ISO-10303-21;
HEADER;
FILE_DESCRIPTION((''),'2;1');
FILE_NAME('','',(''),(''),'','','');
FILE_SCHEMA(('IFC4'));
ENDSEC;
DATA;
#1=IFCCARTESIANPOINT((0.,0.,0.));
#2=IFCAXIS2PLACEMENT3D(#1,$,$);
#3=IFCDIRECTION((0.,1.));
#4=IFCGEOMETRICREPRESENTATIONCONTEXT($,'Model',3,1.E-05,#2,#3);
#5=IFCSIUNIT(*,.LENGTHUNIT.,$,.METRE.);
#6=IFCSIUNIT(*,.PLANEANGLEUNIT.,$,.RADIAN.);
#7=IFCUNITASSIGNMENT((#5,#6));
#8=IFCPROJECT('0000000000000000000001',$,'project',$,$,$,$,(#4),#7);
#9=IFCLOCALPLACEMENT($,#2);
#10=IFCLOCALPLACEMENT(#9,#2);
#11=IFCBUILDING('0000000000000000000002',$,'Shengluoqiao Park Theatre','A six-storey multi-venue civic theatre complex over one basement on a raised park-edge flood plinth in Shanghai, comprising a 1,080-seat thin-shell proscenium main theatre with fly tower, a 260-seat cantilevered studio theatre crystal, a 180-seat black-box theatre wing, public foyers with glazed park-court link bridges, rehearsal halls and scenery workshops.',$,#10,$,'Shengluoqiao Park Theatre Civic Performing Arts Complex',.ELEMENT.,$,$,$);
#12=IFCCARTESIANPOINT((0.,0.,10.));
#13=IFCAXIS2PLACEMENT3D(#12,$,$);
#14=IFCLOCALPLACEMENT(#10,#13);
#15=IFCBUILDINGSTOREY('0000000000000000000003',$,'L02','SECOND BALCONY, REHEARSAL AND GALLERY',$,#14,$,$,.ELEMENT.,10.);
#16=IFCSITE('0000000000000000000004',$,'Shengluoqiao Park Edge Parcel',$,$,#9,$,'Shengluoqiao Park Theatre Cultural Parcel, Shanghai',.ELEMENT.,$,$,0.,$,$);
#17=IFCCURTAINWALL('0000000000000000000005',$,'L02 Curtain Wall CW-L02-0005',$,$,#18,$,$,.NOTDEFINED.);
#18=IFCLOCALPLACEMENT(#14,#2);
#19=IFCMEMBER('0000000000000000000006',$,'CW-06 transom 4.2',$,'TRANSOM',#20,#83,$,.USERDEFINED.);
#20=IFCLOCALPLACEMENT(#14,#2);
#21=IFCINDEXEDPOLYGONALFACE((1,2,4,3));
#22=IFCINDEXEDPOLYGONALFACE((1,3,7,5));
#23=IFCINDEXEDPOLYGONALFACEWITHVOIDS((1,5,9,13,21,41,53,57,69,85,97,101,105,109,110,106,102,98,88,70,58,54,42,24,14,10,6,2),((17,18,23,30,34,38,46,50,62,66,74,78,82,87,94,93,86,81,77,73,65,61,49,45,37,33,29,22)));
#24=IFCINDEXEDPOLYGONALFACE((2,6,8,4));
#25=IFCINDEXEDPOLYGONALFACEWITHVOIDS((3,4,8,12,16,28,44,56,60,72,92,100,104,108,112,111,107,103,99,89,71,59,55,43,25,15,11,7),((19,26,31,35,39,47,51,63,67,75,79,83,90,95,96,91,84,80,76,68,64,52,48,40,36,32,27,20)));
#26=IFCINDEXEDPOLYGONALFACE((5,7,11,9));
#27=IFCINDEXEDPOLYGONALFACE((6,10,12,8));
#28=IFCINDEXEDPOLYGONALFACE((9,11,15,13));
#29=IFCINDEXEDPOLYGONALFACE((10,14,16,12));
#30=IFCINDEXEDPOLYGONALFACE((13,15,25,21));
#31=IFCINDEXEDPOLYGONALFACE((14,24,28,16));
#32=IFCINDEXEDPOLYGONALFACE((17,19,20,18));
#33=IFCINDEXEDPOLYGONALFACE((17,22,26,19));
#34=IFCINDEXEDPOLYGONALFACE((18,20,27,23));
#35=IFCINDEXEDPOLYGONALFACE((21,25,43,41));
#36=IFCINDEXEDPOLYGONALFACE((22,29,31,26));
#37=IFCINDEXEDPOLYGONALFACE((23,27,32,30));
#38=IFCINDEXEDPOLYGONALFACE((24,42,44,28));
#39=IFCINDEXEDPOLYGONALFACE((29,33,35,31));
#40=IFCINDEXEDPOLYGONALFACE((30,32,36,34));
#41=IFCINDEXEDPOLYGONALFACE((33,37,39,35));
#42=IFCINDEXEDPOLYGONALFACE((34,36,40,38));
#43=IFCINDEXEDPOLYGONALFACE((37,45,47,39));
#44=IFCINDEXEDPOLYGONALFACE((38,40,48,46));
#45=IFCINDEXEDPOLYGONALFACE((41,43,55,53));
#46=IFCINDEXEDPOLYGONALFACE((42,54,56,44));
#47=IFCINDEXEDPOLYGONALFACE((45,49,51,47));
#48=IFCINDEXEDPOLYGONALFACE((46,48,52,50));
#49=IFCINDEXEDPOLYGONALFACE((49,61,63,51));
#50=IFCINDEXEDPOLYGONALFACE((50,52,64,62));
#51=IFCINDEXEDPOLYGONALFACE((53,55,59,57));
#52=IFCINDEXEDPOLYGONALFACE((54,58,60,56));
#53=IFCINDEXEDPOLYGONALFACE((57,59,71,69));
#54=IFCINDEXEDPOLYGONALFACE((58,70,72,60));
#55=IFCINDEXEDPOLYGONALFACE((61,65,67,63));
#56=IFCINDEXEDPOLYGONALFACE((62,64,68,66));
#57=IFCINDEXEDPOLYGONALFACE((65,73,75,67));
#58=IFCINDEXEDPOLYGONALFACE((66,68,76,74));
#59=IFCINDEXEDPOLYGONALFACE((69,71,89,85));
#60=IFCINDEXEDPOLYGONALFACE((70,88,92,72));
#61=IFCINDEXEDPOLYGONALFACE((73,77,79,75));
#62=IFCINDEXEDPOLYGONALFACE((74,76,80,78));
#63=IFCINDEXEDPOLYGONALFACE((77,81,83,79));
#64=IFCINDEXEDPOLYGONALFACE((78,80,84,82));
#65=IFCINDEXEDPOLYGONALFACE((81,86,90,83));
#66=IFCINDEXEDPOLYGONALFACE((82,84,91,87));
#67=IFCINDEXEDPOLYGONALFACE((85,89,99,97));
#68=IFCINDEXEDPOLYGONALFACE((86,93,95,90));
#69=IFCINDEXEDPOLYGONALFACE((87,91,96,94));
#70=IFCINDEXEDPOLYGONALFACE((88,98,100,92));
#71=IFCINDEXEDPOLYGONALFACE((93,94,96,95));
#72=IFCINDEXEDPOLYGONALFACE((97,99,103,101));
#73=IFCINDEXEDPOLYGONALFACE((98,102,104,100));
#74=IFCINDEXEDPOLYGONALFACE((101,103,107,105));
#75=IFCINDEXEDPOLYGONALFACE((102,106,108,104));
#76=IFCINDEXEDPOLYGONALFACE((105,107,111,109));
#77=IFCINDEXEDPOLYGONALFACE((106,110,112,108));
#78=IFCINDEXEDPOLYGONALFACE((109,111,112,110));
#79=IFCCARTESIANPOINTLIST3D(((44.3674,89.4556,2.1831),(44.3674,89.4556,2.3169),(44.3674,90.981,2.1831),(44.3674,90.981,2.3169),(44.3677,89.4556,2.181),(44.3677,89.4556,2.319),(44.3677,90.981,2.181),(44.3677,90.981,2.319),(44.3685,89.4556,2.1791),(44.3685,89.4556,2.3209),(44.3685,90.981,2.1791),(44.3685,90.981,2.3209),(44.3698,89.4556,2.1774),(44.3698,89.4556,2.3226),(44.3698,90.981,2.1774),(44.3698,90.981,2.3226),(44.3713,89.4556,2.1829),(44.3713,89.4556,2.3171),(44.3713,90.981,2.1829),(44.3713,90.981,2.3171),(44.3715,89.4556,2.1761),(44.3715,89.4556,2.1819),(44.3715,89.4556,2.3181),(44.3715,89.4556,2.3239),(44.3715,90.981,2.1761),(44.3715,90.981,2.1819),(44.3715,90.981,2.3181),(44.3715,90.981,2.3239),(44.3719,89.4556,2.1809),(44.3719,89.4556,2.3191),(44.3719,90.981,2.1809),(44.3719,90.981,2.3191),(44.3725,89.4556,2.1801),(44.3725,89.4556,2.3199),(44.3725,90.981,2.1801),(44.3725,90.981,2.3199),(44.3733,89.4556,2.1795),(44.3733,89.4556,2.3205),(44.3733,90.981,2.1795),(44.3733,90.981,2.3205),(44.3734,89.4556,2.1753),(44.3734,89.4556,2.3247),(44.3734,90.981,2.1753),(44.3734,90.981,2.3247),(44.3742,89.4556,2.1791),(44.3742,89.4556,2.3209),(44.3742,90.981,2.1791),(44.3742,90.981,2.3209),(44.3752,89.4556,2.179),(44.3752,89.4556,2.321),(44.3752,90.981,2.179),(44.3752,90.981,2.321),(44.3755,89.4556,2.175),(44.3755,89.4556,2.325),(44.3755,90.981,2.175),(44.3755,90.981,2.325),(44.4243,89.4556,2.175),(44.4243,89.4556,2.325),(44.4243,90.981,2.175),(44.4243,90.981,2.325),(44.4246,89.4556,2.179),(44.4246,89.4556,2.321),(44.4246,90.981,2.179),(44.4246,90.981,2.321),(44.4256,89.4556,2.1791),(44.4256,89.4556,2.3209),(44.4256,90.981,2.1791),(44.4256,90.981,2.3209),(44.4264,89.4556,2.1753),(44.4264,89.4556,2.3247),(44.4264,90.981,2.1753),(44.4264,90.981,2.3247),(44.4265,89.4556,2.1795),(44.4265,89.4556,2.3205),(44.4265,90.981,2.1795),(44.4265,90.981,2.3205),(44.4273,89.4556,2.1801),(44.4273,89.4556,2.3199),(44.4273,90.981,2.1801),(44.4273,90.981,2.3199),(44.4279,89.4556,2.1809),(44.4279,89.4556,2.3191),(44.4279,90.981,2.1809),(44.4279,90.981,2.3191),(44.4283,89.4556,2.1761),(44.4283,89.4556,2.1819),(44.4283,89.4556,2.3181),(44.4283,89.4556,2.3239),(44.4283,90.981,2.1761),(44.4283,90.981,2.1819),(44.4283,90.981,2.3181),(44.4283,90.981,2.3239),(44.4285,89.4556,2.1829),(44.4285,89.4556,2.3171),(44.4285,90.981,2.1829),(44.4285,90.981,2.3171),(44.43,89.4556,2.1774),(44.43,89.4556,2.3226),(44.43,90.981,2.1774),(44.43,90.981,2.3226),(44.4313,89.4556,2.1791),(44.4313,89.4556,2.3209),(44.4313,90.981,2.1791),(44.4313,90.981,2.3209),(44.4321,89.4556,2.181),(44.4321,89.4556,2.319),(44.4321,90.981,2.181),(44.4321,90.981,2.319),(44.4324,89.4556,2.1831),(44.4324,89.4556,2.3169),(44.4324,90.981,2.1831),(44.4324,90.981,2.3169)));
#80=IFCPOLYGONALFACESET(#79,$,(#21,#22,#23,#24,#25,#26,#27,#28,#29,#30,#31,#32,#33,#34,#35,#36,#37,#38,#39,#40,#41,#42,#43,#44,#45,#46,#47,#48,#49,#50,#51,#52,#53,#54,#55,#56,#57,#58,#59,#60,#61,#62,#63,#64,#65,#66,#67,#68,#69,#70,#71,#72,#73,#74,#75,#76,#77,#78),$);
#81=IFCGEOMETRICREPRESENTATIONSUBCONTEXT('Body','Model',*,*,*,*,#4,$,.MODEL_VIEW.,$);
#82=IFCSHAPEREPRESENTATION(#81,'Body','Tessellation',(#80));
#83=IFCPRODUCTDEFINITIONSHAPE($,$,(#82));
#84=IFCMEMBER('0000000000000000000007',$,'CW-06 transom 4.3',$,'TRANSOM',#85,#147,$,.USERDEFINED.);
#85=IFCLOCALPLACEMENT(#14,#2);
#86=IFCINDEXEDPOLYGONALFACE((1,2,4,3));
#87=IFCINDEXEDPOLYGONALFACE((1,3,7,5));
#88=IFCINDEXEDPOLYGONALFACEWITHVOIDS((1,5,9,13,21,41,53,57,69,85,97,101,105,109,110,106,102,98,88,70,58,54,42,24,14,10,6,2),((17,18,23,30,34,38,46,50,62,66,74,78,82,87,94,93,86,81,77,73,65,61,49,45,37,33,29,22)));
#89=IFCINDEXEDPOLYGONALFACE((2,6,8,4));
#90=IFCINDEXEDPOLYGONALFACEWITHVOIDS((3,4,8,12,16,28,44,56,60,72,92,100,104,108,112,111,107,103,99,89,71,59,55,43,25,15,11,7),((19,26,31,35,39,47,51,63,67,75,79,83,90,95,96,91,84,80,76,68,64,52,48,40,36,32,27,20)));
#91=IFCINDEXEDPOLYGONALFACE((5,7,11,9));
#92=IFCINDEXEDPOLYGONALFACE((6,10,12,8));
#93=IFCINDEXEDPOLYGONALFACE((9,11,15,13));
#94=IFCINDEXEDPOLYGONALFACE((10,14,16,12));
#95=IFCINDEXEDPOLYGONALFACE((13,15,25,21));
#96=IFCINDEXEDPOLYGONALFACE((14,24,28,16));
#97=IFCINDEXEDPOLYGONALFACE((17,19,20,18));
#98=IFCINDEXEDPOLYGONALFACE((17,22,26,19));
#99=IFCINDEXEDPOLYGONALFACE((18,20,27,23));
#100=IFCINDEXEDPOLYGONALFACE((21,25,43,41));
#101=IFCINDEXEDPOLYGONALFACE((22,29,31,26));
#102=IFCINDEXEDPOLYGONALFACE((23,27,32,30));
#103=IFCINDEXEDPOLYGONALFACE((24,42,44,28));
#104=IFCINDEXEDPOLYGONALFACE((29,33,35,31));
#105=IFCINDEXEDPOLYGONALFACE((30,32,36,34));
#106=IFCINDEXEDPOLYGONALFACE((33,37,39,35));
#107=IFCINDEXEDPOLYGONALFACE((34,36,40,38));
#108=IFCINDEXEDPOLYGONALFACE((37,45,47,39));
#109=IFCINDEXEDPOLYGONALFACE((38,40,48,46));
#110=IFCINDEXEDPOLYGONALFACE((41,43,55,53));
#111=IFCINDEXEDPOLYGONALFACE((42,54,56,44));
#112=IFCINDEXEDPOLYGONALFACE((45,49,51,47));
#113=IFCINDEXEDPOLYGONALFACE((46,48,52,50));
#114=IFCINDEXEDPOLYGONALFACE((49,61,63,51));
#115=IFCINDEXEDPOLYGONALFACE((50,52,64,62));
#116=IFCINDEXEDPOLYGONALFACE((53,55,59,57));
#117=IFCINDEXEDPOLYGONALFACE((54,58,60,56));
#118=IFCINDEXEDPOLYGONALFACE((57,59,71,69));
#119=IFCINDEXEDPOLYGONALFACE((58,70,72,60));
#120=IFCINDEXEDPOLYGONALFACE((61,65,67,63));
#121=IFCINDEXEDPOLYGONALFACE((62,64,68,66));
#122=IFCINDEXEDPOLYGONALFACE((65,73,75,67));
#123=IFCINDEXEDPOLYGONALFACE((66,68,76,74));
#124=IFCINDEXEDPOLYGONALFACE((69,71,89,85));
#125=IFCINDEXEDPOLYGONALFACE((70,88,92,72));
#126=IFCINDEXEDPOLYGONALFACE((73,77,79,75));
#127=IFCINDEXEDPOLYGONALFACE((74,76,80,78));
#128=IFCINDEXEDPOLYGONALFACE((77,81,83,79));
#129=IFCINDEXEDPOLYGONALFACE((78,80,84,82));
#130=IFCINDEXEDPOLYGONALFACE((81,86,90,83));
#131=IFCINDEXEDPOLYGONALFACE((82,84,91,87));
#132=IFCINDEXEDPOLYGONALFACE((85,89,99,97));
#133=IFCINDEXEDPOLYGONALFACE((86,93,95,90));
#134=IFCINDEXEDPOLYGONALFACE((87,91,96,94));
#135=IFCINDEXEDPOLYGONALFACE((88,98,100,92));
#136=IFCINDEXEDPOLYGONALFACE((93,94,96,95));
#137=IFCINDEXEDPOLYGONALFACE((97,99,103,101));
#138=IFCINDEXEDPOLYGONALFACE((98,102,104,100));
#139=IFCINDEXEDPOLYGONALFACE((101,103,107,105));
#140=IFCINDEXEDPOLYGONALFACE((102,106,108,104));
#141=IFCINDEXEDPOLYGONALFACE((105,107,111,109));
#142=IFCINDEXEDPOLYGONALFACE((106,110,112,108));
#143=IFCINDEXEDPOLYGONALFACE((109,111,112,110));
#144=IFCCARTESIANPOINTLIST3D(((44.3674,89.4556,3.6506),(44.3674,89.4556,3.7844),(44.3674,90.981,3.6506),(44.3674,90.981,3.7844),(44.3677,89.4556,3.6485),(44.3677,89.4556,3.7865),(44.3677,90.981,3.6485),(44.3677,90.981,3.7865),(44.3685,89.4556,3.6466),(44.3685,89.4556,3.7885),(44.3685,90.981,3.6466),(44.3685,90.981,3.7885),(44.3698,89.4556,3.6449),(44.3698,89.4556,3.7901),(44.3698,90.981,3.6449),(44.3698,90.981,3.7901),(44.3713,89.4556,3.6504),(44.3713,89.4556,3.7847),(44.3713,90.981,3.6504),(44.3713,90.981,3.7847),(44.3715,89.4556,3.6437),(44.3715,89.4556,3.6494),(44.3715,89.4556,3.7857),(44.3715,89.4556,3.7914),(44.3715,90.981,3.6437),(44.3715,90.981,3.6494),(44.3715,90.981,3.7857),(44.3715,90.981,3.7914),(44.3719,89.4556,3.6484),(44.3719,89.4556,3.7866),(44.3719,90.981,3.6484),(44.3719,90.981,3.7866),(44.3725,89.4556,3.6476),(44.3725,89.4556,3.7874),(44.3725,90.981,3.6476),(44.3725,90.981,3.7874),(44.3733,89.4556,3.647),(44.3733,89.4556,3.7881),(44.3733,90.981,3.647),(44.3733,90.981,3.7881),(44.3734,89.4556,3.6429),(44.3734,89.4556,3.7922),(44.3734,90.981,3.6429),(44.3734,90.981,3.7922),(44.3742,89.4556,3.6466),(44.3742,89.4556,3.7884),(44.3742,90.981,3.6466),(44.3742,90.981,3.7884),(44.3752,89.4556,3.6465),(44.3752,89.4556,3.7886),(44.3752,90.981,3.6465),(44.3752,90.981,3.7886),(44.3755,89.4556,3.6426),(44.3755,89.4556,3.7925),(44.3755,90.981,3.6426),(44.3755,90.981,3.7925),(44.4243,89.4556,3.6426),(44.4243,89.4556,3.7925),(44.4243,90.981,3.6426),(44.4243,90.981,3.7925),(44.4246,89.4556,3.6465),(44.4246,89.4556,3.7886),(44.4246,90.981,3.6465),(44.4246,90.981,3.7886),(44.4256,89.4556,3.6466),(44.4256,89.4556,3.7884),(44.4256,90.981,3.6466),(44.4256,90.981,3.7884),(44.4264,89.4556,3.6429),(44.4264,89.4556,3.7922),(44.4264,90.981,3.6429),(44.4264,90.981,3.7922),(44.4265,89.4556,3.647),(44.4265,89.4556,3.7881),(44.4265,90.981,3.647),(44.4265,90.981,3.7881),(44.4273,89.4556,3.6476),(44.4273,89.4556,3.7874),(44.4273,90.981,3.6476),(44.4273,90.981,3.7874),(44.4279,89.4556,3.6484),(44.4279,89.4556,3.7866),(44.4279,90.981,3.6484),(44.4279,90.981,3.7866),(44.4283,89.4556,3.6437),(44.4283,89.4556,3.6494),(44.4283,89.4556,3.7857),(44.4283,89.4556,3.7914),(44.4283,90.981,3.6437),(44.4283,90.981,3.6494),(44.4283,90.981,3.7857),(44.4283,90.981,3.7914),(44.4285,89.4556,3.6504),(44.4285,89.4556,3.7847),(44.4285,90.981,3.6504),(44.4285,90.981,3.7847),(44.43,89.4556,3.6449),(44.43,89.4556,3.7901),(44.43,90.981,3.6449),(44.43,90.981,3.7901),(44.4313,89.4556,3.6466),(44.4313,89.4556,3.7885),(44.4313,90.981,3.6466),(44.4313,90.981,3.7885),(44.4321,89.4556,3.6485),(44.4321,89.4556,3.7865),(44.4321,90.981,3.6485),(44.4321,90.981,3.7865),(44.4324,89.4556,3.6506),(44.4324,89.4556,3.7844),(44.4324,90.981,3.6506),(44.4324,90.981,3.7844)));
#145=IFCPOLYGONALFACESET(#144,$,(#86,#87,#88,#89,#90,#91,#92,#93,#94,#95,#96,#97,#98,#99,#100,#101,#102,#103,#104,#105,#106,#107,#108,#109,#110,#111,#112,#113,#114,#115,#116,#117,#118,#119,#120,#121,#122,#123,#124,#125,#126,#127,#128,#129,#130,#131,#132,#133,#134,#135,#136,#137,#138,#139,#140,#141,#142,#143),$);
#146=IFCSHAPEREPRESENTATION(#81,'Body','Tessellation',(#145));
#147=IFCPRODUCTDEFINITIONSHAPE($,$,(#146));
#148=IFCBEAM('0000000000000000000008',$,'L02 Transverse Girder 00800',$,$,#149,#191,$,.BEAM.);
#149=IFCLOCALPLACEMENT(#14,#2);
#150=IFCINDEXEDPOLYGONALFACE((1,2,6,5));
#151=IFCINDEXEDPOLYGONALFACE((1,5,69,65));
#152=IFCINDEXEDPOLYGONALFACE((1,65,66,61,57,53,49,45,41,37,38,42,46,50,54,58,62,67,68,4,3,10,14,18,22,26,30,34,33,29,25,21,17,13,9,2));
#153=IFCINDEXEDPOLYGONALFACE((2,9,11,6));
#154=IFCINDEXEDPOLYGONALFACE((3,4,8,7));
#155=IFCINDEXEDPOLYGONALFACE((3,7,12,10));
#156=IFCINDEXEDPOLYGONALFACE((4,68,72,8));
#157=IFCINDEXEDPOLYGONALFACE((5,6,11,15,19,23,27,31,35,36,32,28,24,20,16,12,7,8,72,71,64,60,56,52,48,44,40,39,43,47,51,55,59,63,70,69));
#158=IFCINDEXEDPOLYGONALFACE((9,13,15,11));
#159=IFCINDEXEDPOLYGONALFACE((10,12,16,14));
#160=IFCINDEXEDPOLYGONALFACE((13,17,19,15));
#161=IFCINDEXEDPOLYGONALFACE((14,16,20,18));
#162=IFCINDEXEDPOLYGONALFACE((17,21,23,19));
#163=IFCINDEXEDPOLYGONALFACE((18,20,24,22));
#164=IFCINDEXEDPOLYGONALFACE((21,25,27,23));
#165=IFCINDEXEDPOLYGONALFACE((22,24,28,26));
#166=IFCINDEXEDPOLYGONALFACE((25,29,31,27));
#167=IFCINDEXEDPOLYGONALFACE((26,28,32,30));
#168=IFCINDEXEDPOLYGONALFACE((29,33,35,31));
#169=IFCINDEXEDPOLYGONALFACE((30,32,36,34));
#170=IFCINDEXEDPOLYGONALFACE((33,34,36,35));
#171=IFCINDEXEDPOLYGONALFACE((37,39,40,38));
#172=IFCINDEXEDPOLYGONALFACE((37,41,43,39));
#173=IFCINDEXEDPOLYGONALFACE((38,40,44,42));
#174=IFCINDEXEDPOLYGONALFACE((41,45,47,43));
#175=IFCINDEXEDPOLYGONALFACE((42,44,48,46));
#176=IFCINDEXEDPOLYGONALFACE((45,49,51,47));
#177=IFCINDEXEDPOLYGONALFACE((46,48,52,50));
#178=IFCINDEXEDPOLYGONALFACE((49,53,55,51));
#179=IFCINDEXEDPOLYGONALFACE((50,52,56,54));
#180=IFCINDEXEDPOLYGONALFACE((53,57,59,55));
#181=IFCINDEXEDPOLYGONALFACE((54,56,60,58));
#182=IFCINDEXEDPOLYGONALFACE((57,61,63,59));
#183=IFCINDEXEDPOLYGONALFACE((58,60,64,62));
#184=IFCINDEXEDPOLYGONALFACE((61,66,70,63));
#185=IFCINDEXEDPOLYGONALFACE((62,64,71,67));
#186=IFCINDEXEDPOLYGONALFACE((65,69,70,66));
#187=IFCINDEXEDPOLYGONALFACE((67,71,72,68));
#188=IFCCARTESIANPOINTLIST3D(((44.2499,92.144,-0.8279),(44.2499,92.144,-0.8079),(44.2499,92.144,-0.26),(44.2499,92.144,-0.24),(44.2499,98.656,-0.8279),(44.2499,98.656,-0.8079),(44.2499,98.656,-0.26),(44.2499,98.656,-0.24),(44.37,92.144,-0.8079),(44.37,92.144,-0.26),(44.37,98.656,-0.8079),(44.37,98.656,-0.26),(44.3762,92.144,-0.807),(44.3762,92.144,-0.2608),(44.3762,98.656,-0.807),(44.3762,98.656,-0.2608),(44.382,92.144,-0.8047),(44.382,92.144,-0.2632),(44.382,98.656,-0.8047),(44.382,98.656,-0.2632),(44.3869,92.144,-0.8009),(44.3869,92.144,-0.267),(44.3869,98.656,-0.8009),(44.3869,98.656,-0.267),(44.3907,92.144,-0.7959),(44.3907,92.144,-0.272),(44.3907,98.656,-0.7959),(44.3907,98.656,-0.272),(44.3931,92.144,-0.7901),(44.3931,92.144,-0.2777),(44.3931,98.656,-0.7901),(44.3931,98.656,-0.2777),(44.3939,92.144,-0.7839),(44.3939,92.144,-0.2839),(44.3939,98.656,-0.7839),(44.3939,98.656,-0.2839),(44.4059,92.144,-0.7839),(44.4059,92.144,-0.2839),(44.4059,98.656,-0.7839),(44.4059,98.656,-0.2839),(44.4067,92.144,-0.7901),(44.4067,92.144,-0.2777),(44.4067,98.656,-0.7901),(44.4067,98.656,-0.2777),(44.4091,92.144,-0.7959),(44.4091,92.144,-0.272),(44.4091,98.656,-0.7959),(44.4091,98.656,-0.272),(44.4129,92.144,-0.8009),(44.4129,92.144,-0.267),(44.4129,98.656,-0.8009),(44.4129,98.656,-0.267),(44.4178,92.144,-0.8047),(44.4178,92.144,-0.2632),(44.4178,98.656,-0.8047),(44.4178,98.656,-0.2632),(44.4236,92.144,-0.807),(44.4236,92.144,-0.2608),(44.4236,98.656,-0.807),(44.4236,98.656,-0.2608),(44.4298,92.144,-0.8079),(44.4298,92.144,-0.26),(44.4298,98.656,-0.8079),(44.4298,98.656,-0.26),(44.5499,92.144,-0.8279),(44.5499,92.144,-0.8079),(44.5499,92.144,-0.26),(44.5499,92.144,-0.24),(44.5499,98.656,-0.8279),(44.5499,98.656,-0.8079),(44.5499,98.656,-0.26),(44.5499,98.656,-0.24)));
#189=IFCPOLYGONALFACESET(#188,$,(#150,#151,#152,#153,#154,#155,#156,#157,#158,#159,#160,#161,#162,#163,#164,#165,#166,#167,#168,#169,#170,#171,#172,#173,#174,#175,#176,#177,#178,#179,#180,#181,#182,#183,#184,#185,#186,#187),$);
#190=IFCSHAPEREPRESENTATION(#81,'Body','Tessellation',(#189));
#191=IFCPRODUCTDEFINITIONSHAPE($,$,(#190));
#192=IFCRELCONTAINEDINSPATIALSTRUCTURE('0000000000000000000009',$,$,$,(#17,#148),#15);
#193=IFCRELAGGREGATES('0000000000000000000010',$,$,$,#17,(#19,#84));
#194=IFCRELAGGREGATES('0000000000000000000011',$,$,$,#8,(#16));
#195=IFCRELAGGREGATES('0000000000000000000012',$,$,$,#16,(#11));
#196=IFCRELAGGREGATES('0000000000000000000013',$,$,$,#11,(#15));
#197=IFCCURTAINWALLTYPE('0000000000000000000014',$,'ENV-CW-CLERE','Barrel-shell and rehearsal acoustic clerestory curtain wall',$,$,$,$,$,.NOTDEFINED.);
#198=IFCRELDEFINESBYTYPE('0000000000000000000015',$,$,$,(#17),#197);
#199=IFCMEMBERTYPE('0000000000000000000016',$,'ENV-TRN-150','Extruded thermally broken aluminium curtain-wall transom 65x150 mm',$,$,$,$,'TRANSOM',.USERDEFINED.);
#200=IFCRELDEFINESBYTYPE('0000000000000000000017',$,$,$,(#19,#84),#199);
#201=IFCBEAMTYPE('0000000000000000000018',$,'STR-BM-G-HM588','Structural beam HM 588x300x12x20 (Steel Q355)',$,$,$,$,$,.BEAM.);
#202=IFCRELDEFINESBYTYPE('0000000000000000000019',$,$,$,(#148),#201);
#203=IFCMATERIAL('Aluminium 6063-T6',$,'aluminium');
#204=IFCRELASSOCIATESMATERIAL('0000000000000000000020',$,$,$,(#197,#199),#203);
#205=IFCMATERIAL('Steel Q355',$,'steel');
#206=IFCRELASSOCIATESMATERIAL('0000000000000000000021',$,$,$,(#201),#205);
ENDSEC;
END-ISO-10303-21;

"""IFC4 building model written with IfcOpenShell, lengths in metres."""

from ifc_helpers import new_model, si_unit, direction, frame, origin, origin_2d, place, context, subcontext, project, spatial, hollow_rectangle, i_section, extrude, material, material_profile, profile_set, type_object, element, aggregate, save


model = new_model("IFC4")

# Units and contexts
model_context = context("Model", 3, precision=1e-05, world=origin(), true_north=direction((0.0, 1.0)))
body_context = subcontext(model_context, "Body", "Model", "MODEL_VIEW")
ifc_project = project(units=[si_unit("LENGTHUNIT", "METRE"), si_unit("PLANEANGLEUNIT", "RADIAN")], contexts=[model_context])

# Site, building, storey
site_placement = place(None, origin())
site = spatial("IfcSite", under=ifc_project, at=site_placement, Name="Shengluoqiao Park Edge Parcel", LongName="Shengluoqiao Park Theatre Cultural Parcel, Shanghai", CompositionType="ELEMENT", RefElevation=0.0)
building_placement = place(site_placement, origin())
building = spatial("IfcBuilding", under=site, at=building_placement, Name="Shengluoqiao Park Theatre", Description="A six-storey multi-venue civic theatre complex over one basement on a raised park-edge flood plinth in Shanghai, comprising a 1,080-seat thin-shell proscenium main theatre with fly tower, a 260-seat cantilevered studio theatre crystal, a 180-seat black-box theatre wing, public foyers with glazed park-court link bridges, rehearsal halls and scenery workshops.", LongName="Shengluoqiao Park Theatre Civic Performing Arts Complex", CompositionType="ELEMENT")
storey_placement = place(building_placement, frame((0.0, 0.0, 10.0)))
storey = spatial("IfcBuildingStorey", under=building, at=storey_placement, Name="L02", Description="SECOND BALCONY, REHEARSAL AND GALLERY", CompositionType="ELEMENT", Elevation=10.0)

# Curtain wall
ifc_material_1 = material(Name="Aluminium 6063-T6", Category="aluminium")
curtain_wall_type = type_object("IfcCurtainWallType", Name="ENV-CW-CLERE", Description="Barrel-shell and rehearsal acoustic clerestory curtain wall", PredefinedType="NOTDEFINED", material=ifc_material_1)
curtain_wall_1_placement = place(storey_placement, origin())
curtain_wall_1 = element("IfcCurtainWall", 1, at=curtain_wall_1_placement, inside=storey, type_object=curtain_wall_type, Name="L02 Curtain Wall CW-L02-0005", PredefinedType="NOTDEFINED")

# Members
ifc_material_profile_1 = material_profile(ifc_material_1, hollow_rectangle(XDim=0.0649, YDim=0.1499, WallThickness=0.0039, InnerFilletRadius=0.0039, OuterFilletRadius=0.0081, at=origin_2d()), Name="ALU TRANSOM 150x65x4")
ifc_profile_set_1 = profile_set([ifc_material_profile_1], Name="Aluminium 6063-T6")
member_type_1 = type_object("IfcMemberType", Name="ENV-TRN-150", Description="Extruded thermally broken aluminium curtain-wall transom 65x150 mm", ElementType="TRANSOM", PredefinedType="USERDEFINED", material=ifc_profile_set_1)
member_1_placement = place(storey_placement, frame((44.3999, 89.4556, 2.25), z_axis=(0.0, 1.0, 0.0), x_axis=(-1.0, 0.0, 0.0)))
member_1 = element("IfcMember", 2, at=member_1_placement, type_object=member_type_1, Name="CW-06 transom 4.2", ObjectType="TRANSOM", PredefinedType="USERDEFINED", context=body_context, shape_type="SweptSolid", body=[
    extrude(hollow_rectangle(XDim=0.0649, YDim=0.1499, WallThickness=0.0039, InnerFilletRadius=0.0039, OuterFilletRadius=0.0081, at=origin_2d()), origin(), (0.0, 0.0, 1.0), 1.5254),
])
member_2_placement = place(storey_placement, frame((44.3999, 89.4556, 3.7175), z_axis=(0.0, 1.0, 0.0), x_axis=(-1.0, 0.0, 0.0)))
member_2 = element("IfcMember", 3, at=member_2_placement, type_object=member_type_1, Name="CW-06 transom 4.3", ObjectType="TRANSOM", PredefinedType="USERDEFINED", context=body_context, shape_type="SweptSolid", body=[
    extrude(hollow_rectangle(XDim=0.0649, YDim=0.1499, WallThickness=0.0039, InnerFilletRadius=0.0039, OuterFilletRadius=0.0081, at=origin_2d()), origin(), (0.0, 0.0, 1.0), 1.5254),
])

# Beam
ifc_material_2 = material(Name="Steel Q355", Category="steel")
ifc_material_profile_2 = material_profile(ifc_material_2, i_section(OverallWidth=0.3, OverallDepth=0.5879, WebThickness=0.012, FlangeThickness=0.02, FilletRadius=0.0239, at=origin_2d()), Name="HM 588x300x12x20")
ifc_profile_set_2 = profile_set([ifc_material_profile_2], Name="Steel Q355")
beam_type = type_object("IfcBeamType", Name="STR-BM-G-HM588", Description="Structural beam HM 588x300x12x20 (Steel Q355)", PredefinedType="BEAM", material=ifc_profile_set_2)
beam_1_placement = place(storey_placement, frame((44.3999, 92.144, -0.5339), z_axis=(0.0, 1.0, 0.0), x_axis=(-1.0, 0.0, 0.0)))
element("IfcBeam", 4, at=beam_1_placement, inside=storey, type_object=beam_type, Name="L02 Transverse Girder 00800", PredefinedType="BEAM", context=body_context, shape_type="SweptSolid", body=[
    extrude(i_section(OverallWidth=0.3, OverallDepth=0.5879, WebThickness=0.012, FlangeThickness=0.02, FilletRadius=0.0239, at=origin_2d()), origin(), (0.0, 0.0, 1.0), 6.512),
])

aggregate(curtain_wall_1, [member_1, member_2])

save(model, "model.ifc")
